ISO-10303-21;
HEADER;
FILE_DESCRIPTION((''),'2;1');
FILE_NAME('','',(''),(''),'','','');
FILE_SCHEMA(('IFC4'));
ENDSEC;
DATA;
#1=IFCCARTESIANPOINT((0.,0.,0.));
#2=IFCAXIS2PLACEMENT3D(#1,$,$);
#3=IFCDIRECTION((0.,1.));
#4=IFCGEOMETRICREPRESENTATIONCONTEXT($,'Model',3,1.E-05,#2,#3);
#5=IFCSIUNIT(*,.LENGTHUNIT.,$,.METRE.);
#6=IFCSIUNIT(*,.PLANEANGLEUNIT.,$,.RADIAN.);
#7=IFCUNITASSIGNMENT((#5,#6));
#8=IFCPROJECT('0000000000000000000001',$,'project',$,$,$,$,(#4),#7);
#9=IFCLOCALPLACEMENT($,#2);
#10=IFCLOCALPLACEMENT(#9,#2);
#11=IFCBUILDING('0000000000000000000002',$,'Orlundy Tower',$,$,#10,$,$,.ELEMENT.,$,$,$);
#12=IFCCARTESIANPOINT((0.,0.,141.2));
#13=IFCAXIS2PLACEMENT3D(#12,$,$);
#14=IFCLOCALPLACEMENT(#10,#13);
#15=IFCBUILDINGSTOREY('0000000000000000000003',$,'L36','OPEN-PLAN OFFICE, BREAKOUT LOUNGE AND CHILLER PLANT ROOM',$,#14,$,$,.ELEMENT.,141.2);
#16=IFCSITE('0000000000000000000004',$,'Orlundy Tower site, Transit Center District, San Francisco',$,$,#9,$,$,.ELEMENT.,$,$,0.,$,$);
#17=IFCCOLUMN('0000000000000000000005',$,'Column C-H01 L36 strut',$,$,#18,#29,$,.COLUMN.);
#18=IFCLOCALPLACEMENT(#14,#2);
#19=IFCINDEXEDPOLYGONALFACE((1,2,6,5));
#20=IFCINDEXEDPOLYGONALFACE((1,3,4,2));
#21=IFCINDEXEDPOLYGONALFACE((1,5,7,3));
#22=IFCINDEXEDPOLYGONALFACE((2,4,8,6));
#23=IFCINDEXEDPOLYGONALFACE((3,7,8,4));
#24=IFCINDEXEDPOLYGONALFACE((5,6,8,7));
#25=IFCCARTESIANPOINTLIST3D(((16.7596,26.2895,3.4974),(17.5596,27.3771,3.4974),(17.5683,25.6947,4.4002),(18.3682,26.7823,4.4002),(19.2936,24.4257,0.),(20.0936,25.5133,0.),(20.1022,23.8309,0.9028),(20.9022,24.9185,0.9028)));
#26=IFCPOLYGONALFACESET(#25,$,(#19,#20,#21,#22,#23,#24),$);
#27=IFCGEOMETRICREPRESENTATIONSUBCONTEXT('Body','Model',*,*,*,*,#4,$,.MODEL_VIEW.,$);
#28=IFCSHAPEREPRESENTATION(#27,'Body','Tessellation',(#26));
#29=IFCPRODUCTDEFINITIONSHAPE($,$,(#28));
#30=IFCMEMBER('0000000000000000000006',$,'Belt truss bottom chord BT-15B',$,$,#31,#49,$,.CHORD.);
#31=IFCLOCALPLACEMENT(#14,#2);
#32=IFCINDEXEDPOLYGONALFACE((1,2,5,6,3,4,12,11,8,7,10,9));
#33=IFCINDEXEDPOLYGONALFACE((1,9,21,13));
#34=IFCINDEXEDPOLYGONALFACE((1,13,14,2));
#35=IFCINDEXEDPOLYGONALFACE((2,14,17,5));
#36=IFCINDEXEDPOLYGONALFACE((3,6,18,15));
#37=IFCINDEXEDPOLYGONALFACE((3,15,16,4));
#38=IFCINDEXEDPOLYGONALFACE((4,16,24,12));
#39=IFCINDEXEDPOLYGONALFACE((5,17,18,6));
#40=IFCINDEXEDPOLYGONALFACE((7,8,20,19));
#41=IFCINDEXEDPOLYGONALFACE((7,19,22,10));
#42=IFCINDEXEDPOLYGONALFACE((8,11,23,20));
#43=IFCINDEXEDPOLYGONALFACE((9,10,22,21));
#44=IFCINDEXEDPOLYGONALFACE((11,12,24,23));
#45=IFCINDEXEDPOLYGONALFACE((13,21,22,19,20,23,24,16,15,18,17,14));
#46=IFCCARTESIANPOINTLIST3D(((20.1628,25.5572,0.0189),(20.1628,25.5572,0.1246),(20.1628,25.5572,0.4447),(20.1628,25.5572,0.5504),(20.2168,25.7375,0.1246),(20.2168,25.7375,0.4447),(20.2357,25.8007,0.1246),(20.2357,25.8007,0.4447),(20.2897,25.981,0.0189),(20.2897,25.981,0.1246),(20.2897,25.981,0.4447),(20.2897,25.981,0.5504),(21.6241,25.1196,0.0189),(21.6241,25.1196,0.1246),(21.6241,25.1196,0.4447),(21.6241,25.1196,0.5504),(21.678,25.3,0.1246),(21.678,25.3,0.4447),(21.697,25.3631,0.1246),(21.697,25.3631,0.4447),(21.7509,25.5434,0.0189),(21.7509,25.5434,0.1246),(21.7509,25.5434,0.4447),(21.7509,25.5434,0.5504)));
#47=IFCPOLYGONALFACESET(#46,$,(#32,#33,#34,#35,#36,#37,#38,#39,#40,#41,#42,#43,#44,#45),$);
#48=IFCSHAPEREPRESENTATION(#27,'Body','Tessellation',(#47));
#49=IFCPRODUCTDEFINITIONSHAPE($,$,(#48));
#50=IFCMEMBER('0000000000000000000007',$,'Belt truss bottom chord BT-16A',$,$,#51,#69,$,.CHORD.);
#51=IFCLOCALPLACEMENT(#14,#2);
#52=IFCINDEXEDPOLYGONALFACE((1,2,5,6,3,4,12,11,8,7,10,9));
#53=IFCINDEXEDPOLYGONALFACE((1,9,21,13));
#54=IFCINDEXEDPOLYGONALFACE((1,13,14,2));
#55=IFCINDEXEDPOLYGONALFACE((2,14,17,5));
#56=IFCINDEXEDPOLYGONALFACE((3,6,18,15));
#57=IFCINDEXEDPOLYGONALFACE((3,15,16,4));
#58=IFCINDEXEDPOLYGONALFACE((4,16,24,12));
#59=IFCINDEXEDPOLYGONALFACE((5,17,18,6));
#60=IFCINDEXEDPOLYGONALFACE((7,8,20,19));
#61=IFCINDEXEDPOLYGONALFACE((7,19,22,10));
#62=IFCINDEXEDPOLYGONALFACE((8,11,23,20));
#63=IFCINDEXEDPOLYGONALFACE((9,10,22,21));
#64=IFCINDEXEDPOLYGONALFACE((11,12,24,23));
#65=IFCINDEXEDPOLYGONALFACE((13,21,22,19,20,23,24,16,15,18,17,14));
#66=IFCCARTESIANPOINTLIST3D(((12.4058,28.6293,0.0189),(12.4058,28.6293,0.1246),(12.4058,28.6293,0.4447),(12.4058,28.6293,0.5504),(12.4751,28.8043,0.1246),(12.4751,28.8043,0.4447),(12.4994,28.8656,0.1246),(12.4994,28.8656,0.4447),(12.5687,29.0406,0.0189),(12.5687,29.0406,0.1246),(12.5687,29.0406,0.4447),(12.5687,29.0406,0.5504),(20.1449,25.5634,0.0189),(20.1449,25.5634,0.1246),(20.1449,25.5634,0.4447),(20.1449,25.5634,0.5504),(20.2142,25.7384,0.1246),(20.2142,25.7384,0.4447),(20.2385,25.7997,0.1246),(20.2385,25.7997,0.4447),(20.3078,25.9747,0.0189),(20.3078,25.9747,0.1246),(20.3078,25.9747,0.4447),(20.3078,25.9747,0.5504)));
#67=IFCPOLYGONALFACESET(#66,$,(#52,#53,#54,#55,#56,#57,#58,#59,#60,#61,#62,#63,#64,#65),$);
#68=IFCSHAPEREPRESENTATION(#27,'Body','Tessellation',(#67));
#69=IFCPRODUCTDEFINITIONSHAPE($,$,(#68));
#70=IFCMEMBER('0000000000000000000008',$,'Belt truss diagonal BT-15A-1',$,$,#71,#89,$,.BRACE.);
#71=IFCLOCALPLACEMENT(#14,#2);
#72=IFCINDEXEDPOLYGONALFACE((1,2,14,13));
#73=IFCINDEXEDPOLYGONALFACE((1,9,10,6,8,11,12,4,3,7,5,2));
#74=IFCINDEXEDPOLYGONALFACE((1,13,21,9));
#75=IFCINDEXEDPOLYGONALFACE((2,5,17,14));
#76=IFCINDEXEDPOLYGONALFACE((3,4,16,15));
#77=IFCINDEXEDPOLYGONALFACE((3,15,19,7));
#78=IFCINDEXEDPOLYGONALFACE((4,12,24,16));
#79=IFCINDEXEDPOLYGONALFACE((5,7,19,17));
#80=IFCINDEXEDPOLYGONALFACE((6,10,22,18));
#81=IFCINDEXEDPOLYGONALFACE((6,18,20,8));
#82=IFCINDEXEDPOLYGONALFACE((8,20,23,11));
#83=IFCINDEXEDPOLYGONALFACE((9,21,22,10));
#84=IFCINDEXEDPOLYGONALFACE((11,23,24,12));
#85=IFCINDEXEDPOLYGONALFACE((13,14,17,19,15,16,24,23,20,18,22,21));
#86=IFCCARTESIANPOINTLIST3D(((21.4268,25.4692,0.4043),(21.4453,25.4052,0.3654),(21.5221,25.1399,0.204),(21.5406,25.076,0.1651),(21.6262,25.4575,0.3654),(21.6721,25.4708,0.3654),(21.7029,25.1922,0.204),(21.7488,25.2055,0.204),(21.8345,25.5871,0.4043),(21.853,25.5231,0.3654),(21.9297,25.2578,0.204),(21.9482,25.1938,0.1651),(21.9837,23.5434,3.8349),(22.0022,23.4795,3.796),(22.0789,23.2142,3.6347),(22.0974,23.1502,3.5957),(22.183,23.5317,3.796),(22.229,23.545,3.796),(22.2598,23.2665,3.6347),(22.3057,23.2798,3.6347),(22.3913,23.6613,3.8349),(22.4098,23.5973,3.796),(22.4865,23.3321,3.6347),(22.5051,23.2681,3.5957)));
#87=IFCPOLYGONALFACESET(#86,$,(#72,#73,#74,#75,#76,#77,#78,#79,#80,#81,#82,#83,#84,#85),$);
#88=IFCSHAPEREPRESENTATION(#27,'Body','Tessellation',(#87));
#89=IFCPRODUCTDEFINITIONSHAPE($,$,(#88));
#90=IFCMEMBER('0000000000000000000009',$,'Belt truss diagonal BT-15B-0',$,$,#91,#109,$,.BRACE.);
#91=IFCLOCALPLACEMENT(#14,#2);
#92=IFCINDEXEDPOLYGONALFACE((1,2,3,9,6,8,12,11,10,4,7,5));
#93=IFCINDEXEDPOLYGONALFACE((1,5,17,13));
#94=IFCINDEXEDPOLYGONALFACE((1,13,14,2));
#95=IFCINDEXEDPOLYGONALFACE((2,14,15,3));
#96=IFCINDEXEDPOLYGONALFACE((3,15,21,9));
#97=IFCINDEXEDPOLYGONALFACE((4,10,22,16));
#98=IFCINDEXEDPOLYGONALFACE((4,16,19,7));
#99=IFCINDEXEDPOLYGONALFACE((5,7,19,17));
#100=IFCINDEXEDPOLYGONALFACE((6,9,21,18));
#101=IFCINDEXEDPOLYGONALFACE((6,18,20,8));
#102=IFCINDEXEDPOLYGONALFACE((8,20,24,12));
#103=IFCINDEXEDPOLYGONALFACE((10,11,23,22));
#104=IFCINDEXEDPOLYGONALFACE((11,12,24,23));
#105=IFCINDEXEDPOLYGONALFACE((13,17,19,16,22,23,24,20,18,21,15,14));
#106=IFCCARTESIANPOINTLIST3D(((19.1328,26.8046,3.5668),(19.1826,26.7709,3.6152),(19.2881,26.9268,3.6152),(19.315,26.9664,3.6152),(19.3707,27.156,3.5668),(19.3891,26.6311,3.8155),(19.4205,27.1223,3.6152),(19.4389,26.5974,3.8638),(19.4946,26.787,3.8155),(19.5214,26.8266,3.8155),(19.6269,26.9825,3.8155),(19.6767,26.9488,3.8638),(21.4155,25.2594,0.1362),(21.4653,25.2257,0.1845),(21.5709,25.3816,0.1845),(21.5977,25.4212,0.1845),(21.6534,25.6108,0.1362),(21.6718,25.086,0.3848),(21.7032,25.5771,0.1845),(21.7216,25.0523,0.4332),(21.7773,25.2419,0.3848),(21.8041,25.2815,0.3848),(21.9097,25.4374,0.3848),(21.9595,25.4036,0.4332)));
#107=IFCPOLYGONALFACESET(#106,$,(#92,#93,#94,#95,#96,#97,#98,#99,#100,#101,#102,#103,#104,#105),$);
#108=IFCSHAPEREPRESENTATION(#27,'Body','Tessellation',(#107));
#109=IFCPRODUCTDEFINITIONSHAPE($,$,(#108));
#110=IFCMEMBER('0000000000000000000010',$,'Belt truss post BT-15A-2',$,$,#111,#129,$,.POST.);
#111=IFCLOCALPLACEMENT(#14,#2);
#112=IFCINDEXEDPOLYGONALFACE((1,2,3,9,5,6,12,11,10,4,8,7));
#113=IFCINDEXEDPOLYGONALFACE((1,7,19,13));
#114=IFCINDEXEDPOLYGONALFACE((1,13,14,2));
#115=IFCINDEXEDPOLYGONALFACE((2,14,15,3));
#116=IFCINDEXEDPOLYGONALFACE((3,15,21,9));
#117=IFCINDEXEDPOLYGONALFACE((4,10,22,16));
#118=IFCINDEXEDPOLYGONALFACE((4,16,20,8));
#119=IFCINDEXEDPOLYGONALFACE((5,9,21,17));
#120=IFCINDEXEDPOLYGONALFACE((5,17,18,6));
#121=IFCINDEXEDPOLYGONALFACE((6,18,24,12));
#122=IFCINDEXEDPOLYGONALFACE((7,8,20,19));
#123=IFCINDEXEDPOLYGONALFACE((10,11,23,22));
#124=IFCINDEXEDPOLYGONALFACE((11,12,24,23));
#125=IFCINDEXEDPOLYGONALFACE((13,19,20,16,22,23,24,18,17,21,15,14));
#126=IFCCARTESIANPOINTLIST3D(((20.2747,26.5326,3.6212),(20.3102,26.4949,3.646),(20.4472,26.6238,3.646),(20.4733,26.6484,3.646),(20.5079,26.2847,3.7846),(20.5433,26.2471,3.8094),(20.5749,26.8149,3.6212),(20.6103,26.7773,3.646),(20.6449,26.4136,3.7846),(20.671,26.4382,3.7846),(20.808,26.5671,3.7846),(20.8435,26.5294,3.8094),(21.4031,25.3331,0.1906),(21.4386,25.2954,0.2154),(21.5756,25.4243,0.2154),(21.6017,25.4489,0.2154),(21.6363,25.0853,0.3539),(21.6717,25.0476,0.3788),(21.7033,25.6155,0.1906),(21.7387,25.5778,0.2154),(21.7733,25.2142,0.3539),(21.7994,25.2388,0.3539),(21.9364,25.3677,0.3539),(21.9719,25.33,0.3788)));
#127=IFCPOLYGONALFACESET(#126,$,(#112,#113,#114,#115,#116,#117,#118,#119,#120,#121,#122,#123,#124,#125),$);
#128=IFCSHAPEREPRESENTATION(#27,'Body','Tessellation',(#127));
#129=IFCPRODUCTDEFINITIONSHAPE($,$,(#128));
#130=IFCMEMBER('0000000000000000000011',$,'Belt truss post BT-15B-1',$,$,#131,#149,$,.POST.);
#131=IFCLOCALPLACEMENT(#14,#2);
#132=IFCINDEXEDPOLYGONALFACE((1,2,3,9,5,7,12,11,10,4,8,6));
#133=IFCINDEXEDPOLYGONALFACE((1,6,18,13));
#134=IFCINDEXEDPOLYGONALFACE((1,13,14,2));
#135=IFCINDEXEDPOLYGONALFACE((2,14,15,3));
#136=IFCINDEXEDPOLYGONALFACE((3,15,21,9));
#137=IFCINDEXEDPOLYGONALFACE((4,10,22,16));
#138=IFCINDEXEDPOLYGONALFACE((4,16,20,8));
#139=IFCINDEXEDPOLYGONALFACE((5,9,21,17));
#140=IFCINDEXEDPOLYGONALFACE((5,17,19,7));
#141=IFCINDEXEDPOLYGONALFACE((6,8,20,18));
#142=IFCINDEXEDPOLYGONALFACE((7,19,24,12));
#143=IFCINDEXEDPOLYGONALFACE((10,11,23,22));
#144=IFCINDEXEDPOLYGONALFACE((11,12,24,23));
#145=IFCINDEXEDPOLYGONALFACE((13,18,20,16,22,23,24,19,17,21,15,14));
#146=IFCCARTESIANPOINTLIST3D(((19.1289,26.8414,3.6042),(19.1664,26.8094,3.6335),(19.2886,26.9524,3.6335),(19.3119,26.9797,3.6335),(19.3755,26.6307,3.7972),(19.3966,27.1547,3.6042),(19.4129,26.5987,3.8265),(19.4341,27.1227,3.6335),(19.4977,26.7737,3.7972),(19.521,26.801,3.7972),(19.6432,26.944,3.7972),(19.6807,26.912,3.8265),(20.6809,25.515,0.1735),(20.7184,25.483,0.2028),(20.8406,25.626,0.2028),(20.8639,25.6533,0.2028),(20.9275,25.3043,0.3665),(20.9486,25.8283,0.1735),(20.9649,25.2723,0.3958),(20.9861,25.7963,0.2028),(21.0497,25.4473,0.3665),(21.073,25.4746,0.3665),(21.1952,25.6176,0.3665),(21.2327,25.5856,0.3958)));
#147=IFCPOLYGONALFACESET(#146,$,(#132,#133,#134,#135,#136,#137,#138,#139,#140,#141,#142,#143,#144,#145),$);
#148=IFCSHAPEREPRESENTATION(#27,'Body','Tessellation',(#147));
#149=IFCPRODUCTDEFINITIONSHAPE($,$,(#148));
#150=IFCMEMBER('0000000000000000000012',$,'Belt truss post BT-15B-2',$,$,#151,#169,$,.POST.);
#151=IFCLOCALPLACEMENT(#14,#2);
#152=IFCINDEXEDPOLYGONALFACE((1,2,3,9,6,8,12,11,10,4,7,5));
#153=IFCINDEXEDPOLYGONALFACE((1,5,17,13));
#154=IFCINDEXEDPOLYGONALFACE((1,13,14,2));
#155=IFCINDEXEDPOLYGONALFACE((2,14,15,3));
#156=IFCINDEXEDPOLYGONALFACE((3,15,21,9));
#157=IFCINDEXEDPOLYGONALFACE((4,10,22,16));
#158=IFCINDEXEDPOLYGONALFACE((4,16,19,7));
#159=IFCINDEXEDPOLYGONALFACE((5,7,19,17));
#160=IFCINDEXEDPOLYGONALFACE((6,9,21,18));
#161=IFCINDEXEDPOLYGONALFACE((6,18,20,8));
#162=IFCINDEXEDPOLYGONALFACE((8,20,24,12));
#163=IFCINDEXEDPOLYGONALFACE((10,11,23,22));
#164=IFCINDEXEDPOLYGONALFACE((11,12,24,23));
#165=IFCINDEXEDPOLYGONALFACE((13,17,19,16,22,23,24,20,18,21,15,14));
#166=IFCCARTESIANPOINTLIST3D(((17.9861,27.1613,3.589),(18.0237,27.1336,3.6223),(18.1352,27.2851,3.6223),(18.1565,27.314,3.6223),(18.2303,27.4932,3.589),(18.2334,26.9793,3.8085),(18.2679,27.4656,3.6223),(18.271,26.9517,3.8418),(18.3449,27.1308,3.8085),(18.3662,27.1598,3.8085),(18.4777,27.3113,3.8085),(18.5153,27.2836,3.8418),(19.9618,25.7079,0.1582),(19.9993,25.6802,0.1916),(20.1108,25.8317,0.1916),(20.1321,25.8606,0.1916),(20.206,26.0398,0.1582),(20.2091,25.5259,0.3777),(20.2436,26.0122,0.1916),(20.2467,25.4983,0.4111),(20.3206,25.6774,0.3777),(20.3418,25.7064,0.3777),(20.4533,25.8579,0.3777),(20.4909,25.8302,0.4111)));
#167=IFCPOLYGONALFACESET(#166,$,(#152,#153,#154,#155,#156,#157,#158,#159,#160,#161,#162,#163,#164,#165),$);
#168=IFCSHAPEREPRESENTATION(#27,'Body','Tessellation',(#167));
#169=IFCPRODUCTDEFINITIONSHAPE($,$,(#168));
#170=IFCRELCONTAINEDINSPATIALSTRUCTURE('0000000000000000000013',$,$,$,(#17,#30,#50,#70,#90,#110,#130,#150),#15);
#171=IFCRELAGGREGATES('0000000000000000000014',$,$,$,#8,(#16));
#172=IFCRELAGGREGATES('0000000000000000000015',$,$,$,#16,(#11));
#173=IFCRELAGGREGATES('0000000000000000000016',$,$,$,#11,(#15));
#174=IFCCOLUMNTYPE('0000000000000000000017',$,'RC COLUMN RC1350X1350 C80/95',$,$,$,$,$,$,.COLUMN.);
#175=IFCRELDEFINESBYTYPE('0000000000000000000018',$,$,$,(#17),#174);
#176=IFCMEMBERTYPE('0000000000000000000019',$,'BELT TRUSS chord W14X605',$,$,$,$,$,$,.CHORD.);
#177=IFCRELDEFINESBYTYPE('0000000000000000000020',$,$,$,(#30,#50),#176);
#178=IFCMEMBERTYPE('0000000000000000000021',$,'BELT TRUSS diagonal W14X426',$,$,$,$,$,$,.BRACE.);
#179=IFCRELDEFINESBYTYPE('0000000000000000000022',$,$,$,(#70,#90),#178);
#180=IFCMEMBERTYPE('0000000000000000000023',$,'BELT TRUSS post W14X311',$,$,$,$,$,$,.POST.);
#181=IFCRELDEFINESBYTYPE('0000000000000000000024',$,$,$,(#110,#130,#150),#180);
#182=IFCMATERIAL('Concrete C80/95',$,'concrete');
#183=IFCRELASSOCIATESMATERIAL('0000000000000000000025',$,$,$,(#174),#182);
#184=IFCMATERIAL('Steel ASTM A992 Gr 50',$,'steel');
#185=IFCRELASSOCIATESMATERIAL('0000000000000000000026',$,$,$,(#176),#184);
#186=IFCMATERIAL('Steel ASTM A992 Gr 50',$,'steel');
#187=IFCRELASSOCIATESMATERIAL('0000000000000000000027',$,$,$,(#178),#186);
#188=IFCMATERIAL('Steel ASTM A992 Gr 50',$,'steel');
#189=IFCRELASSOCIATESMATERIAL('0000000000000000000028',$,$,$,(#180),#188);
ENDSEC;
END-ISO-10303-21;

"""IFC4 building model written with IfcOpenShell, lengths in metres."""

from ifc_helpers import new_model, si_unit, direction, frame, origin, origin_2d, place, context, subcontext, project, spatial, rectangle, i_section, extrude, material, material_profile, profile_set, type_object, element, save


model = new_model("IFC4")

# Units and contexts
model_context = context("Model", 3, precision=1e-05, world=origin(), true_north=direction((0.0, 1.0)))
body_context = subcontext(model_context, "Body", "Model", "MODEL_VIEW")
ifc_project = project(units=[si_unit("LENGTHUNIT", "METRE"), si_unit("PLANEANGLEUNIT", "RADIAN")], contexts=[model_context])

# Site, building, storey
site_placement = place(None, origin())
site = spatial("IfcSite", under=ifc_project, at=site_placement, Name="Orlundy Tower site, Transit Center District, San Francisco", CompositionType="ELEMENT", RefElevation=0.0)
building_placement = place(site_placement, origin())
building = spatial("IfcBuilding", under=site, at=building_placement, Name="Orlundy Tower", CompositionType="ELEMENT")
storey_placement = place(building_placement, frame((0.0, 0.0, 141.2)))
storey = spatial("IfcBuildingStorey", under=building, at=storey_placement, Name="L36", Description="OPEN-PLAN OFFICE, BREAKOUT LOUNGE AND CHILLER PLANT ROOM", CompositionType="ELEMENT", Elevation=141.2)

# Column
ifc_material_1 = material(Name="Concrete C80/95", Category="concrete")
ifc_material_profile_1 = material_profile(ifc_material_1, rectangle(XDim=1.3501, YDim=1.3501, at=origin_2d()), Name="RC1350X1350")
ifc_profile_set_1 = profile_set([ifc_material_profile_1], Name="Concrete C80/95")
column_type = type_object("IfcColumnType", Name="RC COLUMN RC1350X1350 C80/95", PredefinedType="COLUMN", material=ifc_profile_set_1)
column_placement = place(storey_placement, frame((20.0979, 24.6721, 0.4514), z_axis=(-0.5387, 0.396227, 0.743509), x_axis=(-0.59251, -0.805563, 0.0)))
element("IfcColumn", 1, at=column_placement, inside=storey, type_object=column_type, Name="Column C-H01 L36 strut", PredefinedType="COLUMN", context=body_context, shape_type="SweptSolid", body=[
    extrude(rectangle(XDim=1.3501, YDim=1.3501, at=origin_2d()), origin(), (0.0, 0.0, 1.0), 4.7039),
])

# Members
ifc_material_2 = material(Name="Steel ASTM A992 Gr 50", Category="steel")
ifc_material_profile_2 = material_profile(ifc_material_2, i_section(OverallWidth=0.4424, OverallDepth=0.5315, WebThickness=0.0659, FlangeThickness=0.1057, at=origin_2d()), Name="W14X605")
ifc_profile_set_2 = profile_set([ifc_material_profile_2], Name="Steel ASTM A992 Gr 50")
member_type_1 = type_object("IfcMemberType", Name="BELT TRUSS chord W14X605", PredefinedType="CHORD", material=ifc_profile_set_2)
member_1_placement = place(storey_placement, frame((21.6875, 25.3315, 0.2847), z_axis=(-0.95798, 0.286834, 0.0), x_axis=(-0.286834, -0.95798, 0.0)))
element("IfcMember", 2, at=member_1_placement, inside=storey, type_object=member_type_1, Name="Belt truss bottom chord BT-15B", PredefinedType="CHORD", context=body_context, shape_type="SweptSolid", body=[
    extrude(i_section(OverallWidth=0.4424, OverallDepth=0.5315, WebThickness=0.0659, FlangeThickness=0.1057, at=origin_2d()), origin(), (0.0, 0.0, 1.0), 1.5254),
])
member_2_placement = place(storey_placement, frame((20.2263, 25.769, 0.2847), z_axis=(-0.929701, 0.368314, 0.0), x_axis=(-0.368314, -0.929701, 0.0)))
element("IfcMember", 3, at=member_2_placement, inside=storey, type_object=member_type_1, Name="Belt truss bottom chord BT-16A", PredefinedType="CHORD", context=body_context, shape_type="SweptSolid", body=[
    extrude(i_section(OverallWidth=0.4424, OverallDepth=0.5315, WebThickness=0.0659, FlangeThickness=0.1057, at=origin_2d()), origin(), (0.0, 0.0, 1.0), 8.3242),
])
ifc_material_3 = material(Name="Steel ASTM A992 Gr 50", Category="steel")
ifc_material_profile_3 = material_profile(ifc_material_3, i_section(OverallWidth=0.4243, OverallDepth=0.4741, WebThickness=0.0479, FlangeThickness=0.0771, at=origin_2d()), Name="W14X426")
ifc_profile_set_3 = profile_set([ifc_material_profile_3], Name="Steel ASTM A992 Gr 50")
member_type_2 = type_object("IfcMemberType", Name="BELT TRUSS diagonal W14X426", PredefinedType="BRACE", material=ifc_profile_set_3)
member_3_placement = place(storey_placement, frame((22.2444, 23.4058, 3.7153), z_axis=(-0.140152, 0.484664, -0.863399), x_axis=(-0.960641, -0.277792, 0.0)))
element("IfcMember", 4, at=member_3_placement, inside=storey, type_object=member_type_2, Name="Belt truss diagonal BT-15A-1", PredefinedType="BRACE", context=body_context, shape_type="SweptSolid", body=[
    extrude(i_section(OverallWidth=0.4243, OverallDepth=0.4741, WebThickness=0.0479, FlangeThickness=0.0771, at=origin_2d()), origin(), (0.0, 0.0, 1.0), 3.9734),
])
member_4_placement = place(storey_placement, frame((21.6875, 25.3315, 0.2847), z_axis=(-0.518695, 0.351104, 0.77954), x_axis=(-0.560552, -0.828119, 0.0)))
element("IfcMember", 5, at=member_4_placement, inside=storey, type_object=member_type_2, Name="Belt truss diagonal BT-15B-0", PredefinedType="BRACE", context=body_context, shape_type="SweptSolid", body=[
    extrude(i_section(OverallWidth=0.4243, OverallDepth=0.4741, WebThickness=0.0479, FlangeThickness=0.0771, at=origin_2d()), origin(), (0.0, 0.0, 1.0), 4.4009),
])
ifc_material_4 = material(Name="Steel ASTM A992 Gr 50", Category="steel")
ifc_material_profile_4 = material_profile(ifc_material_4, i_section(OverallWidth=0.4121, OverallDepth=0.4348, WebThickness=0.0359, FlangeThickness=0.0574, at=origin_2d()), Name="W14X311")
ifc_profile_set_4 = profile_set([ifc_material_profile_4], Name="Steel ASTM A992 Gr 50")
member_type_3 = type_object("IfcMemberType", Name="BELT TRUSS post W14X311", PredefinedType="POST", material=ifc_profile_set_4)
member_5_placement = place(storey_placement, frame((21.6875, 25.3315, 0.2847), z_axis=(-0.296526, 0.315196, 0.901512), x_axis=(-0.728348, -0.685207, 0.0)))
element("IfcMember", 6, at=member_5_placement, inside=storey, type_object=member_type_3, Name="Belt truss post BT-15A-2", PredefinedType="POST", context=body_context, shape_type="SweptSolid", body=[
    extrude(i_section(OverallWidth=0.4121, OverallDepth=0.4348, WebThickness=0.0359, FlangeThickness=0.0574, at=origin_2d()), origin(), (0.0, 0.0, 1.0), 3.8054),
])
member_6_placement = place(storey_placement, frame((20.9568, 25.5503, 0.2847), z_axis=(-0.38876, 0.332253, 0.859345), x_axis=(-0.649698, -0.760193, 0.0)))
element("IfcMember", 7, at=member_6_placement, inside=storey, type_object=member_type_3, Name="Belt truss post BT-15B-1", PredefinedType="POST", context=body_context, shape_type="SweptSolid", body=[
    extrude(i_section(OverallWidth=0.4121, OverallDepth=0.4348, WebThickness=0.0359, FlangeThickness=0.0574, at=origin_2d()), origin(), (0.0, 0.0, 1.0), 3.9922),
])
member_7_placement = place(storey_placement, frame((20.2263, 25.769, 0.2847), z_axis=(-0.46846, 0.34463, 0.813496), x_axis=(-0.592584, -0.805508, 0.0)))
element("IfcMember", 8, at=member_7_placement, inside=storey, type_object=member_type_3, Name="Belt truss post BT-15B-2", PredefinedType="POST", context=body_context, shape_type="SweptSolid", body=[
    extrude(i_section(OverallWidth=0.4121, OverallDepth=0.4348, WebThickness=0.0359, FlangeThickness=0.0574, at=origin_2d()), origin(), (0.0, 0.0, 1.0), 4.2173),
])

save(model, "model.ifc")
